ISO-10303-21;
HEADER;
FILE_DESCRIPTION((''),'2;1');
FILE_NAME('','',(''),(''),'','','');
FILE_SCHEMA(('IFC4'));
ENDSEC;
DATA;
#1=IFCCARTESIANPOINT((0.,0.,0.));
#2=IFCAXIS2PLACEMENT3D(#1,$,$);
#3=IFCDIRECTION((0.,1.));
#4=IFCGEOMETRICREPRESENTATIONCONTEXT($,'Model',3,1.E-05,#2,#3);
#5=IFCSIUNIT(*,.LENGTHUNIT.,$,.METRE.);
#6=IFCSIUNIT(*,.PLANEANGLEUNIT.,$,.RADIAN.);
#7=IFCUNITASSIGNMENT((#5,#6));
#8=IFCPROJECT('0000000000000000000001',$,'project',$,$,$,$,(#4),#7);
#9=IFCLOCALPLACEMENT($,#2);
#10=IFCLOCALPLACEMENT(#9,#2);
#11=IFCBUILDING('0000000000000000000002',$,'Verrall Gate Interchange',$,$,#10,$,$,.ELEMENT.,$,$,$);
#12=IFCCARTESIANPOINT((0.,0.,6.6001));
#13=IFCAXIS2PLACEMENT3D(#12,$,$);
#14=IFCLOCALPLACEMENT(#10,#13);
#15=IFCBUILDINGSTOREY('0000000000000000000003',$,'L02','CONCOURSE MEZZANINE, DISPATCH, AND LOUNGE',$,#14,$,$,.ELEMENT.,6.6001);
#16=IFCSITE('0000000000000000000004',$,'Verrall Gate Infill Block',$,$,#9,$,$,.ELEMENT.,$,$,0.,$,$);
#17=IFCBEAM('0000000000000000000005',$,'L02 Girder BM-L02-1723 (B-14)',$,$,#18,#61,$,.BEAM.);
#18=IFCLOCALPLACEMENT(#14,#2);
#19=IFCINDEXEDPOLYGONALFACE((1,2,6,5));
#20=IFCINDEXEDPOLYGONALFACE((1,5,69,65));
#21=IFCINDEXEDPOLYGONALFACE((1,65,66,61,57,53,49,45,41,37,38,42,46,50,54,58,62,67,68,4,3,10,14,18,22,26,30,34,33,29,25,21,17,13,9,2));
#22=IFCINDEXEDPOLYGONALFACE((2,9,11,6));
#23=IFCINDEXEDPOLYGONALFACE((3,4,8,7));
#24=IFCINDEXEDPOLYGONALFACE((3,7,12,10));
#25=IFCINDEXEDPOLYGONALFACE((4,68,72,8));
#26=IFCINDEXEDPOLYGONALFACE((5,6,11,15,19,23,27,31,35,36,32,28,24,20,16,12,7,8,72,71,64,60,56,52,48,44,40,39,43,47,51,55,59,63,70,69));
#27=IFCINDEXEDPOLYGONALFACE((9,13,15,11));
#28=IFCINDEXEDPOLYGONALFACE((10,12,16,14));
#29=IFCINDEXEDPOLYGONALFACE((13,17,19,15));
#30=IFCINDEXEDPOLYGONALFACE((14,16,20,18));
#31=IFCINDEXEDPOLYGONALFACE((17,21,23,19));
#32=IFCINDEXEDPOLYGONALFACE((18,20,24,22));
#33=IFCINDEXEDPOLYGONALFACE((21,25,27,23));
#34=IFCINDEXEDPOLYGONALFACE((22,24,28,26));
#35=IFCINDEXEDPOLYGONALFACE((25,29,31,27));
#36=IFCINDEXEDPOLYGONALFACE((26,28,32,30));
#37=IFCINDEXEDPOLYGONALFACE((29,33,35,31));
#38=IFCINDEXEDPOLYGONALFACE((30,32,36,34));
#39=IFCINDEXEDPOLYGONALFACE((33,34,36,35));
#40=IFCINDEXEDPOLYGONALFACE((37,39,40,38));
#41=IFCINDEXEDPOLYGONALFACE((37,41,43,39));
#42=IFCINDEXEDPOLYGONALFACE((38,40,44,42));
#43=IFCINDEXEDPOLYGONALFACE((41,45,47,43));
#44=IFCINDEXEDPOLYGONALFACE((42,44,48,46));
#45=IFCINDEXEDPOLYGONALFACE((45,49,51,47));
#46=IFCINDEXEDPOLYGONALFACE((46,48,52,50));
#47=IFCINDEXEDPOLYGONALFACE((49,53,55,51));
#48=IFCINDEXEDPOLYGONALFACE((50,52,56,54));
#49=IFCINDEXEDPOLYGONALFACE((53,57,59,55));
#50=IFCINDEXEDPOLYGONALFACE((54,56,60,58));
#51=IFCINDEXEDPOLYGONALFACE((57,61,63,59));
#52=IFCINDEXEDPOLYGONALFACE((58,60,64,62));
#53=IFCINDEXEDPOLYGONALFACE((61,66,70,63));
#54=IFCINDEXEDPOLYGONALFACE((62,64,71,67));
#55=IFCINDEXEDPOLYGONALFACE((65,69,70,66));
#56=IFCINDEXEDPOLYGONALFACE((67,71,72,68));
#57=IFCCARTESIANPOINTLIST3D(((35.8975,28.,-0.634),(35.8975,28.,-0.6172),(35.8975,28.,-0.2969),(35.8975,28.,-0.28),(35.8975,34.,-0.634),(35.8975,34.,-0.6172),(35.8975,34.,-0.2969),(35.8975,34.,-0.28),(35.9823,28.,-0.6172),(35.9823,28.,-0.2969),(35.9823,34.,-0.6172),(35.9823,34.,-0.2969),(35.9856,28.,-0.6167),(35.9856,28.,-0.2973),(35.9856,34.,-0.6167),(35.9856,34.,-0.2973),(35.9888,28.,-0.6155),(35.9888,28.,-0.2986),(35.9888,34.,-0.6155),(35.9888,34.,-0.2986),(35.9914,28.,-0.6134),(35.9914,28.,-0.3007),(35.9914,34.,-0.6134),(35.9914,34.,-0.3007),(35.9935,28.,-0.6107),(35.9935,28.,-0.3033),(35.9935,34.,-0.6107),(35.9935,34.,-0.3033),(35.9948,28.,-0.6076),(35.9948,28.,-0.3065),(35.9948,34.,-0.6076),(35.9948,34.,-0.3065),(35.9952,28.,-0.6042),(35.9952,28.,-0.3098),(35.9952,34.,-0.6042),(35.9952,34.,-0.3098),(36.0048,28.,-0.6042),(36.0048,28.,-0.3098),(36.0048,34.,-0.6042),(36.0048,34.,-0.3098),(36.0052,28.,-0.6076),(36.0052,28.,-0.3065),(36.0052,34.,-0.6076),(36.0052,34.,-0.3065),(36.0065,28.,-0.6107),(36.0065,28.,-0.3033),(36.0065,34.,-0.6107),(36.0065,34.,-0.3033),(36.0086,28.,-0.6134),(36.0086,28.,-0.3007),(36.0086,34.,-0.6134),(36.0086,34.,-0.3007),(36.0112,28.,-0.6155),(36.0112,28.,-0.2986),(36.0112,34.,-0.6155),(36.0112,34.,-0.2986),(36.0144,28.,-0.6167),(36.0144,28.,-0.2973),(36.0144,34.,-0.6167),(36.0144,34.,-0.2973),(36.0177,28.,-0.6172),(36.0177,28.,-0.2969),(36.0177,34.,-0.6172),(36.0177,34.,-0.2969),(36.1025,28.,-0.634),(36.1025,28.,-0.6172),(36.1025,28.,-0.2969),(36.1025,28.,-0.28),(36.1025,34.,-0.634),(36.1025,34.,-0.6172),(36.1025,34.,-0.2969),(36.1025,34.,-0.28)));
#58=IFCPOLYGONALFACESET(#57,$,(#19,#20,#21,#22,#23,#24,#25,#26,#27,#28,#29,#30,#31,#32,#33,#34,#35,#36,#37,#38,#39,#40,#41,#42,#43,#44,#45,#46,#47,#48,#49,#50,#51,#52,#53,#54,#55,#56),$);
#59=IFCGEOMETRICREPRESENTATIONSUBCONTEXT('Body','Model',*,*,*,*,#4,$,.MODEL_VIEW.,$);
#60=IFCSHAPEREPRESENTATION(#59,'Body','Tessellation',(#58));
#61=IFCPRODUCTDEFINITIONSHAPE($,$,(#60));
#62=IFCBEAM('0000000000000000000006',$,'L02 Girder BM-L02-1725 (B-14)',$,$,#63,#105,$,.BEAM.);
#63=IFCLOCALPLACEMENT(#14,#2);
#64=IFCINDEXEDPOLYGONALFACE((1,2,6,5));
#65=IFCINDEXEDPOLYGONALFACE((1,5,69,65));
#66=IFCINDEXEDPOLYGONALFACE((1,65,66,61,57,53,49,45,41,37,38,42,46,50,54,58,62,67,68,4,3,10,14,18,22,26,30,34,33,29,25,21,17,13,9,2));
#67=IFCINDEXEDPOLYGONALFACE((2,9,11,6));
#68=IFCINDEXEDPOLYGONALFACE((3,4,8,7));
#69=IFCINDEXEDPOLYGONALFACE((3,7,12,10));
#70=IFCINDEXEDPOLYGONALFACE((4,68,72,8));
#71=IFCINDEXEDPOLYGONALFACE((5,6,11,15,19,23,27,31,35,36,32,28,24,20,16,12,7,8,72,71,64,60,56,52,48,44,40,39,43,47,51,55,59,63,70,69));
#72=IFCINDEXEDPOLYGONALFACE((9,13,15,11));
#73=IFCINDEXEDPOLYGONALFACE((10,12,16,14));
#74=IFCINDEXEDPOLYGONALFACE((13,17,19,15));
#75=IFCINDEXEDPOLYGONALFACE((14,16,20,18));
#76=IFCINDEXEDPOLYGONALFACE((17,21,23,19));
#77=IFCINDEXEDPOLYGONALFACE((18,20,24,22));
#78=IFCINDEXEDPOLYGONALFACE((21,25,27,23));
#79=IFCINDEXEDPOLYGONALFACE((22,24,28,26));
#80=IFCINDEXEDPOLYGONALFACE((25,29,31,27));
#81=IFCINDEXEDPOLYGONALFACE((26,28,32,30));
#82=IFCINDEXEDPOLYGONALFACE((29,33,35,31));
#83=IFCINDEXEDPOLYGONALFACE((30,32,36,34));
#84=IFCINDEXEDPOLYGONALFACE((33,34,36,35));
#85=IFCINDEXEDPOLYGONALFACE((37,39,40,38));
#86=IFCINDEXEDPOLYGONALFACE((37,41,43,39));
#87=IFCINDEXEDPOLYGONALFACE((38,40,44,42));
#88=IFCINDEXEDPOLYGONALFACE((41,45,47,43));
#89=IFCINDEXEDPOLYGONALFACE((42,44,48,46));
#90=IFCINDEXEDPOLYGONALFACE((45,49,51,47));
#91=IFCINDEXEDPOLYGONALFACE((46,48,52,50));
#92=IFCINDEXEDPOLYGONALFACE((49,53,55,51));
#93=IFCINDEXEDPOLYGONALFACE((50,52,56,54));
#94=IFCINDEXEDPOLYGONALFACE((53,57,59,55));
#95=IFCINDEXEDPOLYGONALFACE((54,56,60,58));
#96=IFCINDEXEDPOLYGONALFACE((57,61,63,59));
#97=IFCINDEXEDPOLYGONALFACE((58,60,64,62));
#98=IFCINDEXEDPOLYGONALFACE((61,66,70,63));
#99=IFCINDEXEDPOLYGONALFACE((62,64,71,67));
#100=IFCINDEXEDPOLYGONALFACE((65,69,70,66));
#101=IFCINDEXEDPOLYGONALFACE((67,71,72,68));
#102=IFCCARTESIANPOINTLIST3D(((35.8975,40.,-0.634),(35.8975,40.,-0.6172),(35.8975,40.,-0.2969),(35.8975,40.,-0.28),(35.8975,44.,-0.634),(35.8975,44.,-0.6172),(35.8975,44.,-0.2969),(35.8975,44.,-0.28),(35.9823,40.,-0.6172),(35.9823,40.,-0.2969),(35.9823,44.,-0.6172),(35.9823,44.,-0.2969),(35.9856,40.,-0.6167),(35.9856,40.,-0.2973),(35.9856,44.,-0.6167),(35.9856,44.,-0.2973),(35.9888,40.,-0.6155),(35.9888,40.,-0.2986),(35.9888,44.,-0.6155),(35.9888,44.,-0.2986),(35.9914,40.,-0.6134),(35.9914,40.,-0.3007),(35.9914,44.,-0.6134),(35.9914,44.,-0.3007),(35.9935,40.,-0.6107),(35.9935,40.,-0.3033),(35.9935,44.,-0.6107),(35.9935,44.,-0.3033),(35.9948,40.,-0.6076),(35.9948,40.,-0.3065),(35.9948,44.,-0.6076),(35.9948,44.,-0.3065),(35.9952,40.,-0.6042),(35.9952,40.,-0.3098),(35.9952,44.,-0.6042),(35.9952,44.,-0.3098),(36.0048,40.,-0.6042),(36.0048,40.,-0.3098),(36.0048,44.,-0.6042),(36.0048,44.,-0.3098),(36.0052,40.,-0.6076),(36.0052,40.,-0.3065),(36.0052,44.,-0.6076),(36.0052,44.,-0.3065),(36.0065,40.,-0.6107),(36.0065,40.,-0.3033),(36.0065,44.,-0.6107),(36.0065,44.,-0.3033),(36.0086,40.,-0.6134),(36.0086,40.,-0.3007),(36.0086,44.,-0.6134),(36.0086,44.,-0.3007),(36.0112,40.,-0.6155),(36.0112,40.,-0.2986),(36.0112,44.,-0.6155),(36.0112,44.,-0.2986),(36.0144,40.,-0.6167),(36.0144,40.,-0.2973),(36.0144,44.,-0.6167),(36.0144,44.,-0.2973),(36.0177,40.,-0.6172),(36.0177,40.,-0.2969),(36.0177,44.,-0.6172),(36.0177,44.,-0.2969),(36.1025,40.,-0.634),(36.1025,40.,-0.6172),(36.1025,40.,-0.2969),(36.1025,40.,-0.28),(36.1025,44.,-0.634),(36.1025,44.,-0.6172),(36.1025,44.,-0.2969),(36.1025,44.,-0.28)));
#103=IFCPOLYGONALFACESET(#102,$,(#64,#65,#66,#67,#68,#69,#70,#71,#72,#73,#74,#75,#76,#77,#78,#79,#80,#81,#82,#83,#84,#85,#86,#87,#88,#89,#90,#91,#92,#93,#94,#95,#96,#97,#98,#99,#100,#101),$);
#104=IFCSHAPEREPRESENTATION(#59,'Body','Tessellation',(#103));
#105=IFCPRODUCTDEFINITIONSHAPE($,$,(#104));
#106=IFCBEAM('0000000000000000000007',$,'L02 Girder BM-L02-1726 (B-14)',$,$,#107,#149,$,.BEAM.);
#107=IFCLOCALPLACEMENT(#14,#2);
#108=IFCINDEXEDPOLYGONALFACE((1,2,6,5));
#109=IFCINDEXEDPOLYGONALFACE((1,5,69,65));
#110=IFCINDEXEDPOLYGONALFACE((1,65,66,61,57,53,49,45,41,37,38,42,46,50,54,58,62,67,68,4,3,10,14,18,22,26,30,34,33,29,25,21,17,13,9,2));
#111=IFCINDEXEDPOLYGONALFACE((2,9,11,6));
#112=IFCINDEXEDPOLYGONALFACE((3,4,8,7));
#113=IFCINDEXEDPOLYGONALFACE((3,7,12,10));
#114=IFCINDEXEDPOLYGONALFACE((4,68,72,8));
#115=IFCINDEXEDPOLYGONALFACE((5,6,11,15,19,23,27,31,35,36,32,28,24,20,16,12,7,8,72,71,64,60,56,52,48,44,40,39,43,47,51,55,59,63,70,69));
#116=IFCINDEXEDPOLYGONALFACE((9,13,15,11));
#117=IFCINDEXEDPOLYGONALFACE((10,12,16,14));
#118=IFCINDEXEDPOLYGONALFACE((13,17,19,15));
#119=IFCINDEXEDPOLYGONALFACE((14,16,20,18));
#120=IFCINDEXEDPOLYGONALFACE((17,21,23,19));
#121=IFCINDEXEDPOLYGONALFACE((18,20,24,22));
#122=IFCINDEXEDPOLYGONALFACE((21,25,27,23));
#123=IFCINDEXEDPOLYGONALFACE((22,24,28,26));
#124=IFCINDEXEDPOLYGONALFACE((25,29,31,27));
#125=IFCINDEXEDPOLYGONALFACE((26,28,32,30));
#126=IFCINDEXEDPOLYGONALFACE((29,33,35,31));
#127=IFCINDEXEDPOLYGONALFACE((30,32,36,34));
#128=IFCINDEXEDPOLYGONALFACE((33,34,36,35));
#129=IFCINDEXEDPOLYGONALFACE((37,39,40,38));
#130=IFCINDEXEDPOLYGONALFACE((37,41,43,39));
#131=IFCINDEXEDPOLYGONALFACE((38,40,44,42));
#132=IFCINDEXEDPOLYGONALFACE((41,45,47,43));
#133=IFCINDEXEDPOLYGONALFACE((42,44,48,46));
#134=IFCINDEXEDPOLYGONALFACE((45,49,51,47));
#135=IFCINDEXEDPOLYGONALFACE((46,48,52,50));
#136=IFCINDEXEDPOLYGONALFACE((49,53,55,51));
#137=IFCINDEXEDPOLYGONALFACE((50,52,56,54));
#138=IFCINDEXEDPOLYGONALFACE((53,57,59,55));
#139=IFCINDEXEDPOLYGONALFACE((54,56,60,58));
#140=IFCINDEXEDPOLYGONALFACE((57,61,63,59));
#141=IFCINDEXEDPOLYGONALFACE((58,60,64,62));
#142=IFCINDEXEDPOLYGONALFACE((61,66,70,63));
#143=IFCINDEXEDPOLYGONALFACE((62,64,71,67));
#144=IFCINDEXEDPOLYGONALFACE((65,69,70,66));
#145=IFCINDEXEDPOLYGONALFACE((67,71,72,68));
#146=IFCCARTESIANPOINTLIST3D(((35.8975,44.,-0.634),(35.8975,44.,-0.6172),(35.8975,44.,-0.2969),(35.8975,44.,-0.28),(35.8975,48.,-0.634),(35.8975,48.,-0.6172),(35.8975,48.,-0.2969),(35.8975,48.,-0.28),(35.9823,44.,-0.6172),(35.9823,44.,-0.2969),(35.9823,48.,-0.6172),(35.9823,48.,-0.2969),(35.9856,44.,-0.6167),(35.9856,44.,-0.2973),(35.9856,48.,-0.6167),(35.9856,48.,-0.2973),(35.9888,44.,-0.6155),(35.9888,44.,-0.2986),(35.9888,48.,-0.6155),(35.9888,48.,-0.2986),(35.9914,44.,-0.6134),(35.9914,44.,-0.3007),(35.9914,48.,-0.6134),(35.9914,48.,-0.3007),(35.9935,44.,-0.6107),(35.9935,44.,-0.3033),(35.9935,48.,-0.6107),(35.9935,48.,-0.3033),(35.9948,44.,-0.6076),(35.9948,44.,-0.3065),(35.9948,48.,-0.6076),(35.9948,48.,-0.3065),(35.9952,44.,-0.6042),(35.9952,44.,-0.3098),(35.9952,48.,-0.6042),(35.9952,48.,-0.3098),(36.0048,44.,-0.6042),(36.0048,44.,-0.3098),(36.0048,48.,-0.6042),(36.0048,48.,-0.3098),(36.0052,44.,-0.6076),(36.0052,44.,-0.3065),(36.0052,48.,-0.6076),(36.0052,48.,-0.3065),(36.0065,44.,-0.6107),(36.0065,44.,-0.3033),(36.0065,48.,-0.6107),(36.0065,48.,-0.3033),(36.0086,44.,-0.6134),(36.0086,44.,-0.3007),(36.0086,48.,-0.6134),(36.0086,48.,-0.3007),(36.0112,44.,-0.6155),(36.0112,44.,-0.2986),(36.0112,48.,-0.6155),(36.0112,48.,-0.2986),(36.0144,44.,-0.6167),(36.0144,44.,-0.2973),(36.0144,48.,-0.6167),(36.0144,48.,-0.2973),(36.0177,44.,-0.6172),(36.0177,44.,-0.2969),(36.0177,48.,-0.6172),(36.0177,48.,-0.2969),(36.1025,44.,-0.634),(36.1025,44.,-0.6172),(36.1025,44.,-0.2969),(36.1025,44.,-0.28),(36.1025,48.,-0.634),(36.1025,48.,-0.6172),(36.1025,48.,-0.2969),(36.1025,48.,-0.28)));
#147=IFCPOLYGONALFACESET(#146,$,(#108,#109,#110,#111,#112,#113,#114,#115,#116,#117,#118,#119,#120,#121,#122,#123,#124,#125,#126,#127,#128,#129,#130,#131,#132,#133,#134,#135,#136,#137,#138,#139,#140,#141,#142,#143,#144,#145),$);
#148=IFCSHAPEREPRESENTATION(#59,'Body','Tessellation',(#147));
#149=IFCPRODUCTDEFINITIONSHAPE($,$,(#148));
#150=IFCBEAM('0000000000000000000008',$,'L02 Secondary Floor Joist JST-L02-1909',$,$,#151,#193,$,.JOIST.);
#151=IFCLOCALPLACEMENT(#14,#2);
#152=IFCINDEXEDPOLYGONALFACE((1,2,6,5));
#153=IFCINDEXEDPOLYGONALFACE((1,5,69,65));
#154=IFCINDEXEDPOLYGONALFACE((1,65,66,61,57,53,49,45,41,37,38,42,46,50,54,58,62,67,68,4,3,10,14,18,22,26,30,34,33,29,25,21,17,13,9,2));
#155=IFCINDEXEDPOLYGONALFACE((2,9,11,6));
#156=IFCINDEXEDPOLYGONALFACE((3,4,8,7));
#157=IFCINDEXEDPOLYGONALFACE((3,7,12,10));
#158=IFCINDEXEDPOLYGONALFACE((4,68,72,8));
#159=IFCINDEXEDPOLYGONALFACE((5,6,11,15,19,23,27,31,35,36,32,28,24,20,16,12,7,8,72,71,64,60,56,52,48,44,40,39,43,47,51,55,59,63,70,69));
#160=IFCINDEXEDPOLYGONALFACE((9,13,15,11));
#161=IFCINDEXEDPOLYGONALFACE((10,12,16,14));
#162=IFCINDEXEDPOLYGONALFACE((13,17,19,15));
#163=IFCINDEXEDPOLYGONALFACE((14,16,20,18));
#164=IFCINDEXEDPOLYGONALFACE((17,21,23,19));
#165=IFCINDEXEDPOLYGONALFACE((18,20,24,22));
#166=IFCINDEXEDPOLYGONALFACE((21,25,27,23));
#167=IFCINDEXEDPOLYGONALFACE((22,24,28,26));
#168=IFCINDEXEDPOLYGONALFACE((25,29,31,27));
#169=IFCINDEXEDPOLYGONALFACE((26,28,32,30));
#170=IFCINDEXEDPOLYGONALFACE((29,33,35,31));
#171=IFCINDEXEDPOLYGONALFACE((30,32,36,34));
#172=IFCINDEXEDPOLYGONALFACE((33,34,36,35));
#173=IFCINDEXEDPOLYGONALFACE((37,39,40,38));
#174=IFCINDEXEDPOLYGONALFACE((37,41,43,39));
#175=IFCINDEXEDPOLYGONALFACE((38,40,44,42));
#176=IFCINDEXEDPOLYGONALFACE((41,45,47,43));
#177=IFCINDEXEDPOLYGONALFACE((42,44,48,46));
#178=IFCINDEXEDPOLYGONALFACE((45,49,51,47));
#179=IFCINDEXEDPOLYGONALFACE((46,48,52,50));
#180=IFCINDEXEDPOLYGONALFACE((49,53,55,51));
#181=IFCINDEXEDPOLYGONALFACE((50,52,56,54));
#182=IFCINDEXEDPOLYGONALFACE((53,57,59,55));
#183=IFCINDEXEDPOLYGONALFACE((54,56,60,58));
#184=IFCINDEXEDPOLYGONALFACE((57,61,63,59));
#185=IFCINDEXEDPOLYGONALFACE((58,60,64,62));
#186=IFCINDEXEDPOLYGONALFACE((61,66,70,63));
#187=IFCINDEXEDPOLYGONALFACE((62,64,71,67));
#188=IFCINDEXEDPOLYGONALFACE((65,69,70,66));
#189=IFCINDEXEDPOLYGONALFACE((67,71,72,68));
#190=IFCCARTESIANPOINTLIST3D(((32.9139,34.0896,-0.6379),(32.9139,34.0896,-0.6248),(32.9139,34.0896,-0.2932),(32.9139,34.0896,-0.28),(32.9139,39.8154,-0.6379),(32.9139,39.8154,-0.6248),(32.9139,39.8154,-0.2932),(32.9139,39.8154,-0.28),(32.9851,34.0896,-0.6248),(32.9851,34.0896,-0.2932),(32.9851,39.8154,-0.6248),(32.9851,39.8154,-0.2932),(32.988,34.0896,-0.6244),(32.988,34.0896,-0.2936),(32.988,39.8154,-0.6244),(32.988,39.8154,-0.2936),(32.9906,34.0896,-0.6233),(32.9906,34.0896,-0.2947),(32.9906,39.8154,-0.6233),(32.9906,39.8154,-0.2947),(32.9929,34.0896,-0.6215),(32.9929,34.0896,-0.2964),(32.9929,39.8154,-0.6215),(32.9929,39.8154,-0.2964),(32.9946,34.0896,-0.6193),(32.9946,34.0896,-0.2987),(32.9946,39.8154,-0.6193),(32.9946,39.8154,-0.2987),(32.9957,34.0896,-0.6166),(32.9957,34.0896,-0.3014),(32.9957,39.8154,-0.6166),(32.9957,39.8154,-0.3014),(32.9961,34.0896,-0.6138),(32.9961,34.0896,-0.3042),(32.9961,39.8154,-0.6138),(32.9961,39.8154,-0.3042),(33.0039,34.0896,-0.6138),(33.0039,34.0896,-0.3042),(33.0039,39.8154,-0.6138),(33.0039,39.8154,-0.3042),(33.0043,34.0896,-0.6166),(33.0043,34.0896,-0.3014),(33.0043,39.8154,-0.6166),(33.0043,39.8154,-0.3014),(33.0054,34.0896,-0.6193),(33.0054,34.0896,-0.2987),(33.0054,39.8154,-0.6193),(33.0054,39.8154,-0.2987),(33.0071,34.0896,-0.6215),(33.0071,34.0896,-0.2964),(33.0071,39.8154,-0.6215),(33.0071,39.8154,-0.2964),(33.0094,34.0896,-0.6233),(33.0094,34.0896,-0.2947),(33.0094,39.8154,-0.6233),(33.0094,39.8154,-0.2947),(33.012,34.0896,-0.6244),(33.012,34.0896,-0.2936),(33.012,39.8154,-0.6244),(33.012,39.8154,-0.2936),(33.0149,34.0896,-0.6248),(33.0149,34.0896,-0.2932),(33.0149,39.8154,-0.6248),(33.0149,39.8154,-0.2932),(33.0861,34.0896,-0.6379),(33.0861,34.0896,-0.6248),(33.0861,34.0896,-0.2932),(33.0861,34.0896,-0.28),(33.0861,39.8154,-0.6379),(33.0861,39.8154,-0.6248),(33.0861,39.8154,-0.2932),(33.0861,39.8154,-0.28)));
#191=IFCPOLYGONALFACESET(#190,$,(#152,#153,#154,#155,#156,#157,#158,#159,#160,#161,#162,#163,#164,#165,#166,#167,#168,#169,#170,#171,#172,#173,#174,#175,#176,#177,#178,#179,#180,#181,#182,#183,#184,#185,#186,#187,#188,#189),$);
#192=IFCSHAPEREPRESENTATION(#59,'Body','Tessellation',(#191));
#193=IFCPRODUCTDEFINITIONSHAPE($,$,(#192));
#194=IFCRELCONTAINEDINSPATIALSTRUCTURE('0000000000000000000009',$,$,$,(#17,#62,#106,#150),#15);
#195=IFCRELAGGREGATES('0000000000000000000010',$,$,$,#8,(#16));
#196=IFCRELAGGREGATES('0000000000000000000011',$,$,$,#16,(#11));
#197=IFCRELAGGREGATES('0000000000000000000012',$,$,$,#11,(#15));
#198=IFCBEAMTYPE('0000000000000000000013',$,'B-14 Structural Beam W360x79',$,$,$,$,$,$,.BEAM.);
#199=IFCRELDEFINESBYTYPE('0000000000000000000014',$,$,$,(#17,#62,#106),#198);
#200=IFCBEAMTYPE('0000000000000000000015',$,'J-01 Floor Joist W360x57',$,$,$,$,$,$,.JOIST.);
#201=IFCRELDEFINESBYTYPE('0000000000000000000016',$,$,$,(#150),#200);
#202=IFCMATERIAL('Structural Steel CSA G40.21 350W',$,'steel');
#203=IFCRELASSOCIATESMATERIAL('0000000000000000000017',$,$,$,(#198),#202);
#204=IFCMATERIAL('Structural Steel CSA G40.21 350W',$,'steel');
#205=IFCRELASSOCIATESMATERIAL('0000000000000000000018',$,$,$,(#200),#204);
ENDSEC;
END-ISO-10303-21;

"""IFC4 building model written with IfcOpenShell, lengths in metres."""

from ifc_helpers import new_model, si_unit, direction, frame, origin, origin_2d, place, context, subcontext, project, spatial, i_section, extrude, material, material_profile, profile_set, type_object, element, save


model = new_model("IFC4")

# Units and contexts
model_context = context("Model", 3, precision=1e-05, world=origin(), true_north=direction((0.0, 1.0)))
body_context = subcontext(model_context, "Body", "Model", "MODEL_VIEW")
ifc_project = project(units=[si_unit("LENGTHUNIT", "METRE"), si_unit("PLANEANGLEUNIT", "RADIAN")], contexts=[model_context])

# Site, building, storey
site_placement = place(None, origin())
site = spatial("IfcSite", under=ifc_project, at=site_placement, Name="Verrall Gate Infill Block", CompositionType="ELEMENT", RefElevation=0.0)
building_placement = place(site_placement, origin())
building = spatial("IfcBuilding", under=site, at=building_placement, Name="Verrall Gate Interchange", CompositionType="ELEMENT")
storey_placement = place(building_placement, frame((0.0, 0.0, 6.6001)))
storey = spatial("IfcBuildingStorey", under=building, at=storey_placement, Name="L02", Description="CONCOURSE MEZZANINE, DISPATCH, AND LOUNGE", CompositionType="ELEMENT", Elevation=6.6001)

# Beams
ifc_material_1 = material(Name="Structural Steel CSA G40.21 350W", Category="steel")
ifc_material_profile_1 = material_profile(ifc_material_1, i_section(OverallWidth=0.2051, OverallDepth=0.354, WebThickness=0.0095, FlangeThickness=0.0168, FilletRadius=0.0129, at=origin_2d()), Name="W360x79")
ifc_profile_set_1 = profile_set([ifc_material_profile_1], Name="Structural Steel CSA G40.21 350W")
beam_type_1 = type_object("IfcBeamType", Name="B-14 Structural Beam W360x79", PredefinedType="BEAM", material=ifc_profile_set_1)
for number, where, z_axis, x_axis, name in (
    (1, (36.0, 28.0, -0.457), (0.0, 1.0, 0.0), (-1.0, 0.0, 0.0), "L02 Girder BM-L02-1723 (B-14)"),
):
    element("IfcBeam", number, at=place(storey_placement, frame(where, z_axis=z_axis, x_axis=x_axis)), inside=storey, type_object=beam_type_1, Name=name, PredefinedType="BEAM", context=body_context, shape_type="SweptSolid", body=[
        extrude(i_section(OverallWidth=0.2051, OverallDepth=0.354, WebThickness=0.0095, FlangeThickness=0.0168, FilletRadius=0.0129, at=origin_2d()), origin(), (0.0, 0.0, 1.0), 6.0),
    ])
for number, where, z_axis, x_axis, name in (
    (2, (36.0, 40.0, -0.457), (0.0, 1.0, 0.0), (-1.0, 0.0, 0.0), "L02 Girder BM-L02-1725 (B-14)"),
    (3, (36.0, 44.0, -0.457), (0.0, 1.0, 0.0), (-1.0, 0.0, 0.0), "L02 Girder BM-L02-1726 (B-14)"),
):
    element("IfcBeam", number, at=place(storey_placement, frame(where, z_axis=z_axis, x_axis=x_axis)), inside=storey, type_object=beam_type_1, Name=name, PredefinedType="BEAM", context=body_context, shape_type="SweptSolid", body=[
        extrude(i_section(OverallWidth=0.2051, OverallDepth=0.354, WebThickness=0.0095, FlangeThickness=0.0168, FilletRadius=0.0129, at=origin_2d()), origin(), (0.0, 0.0, 1.0), 4.0),
    ])
ifc_material_2 = material(Name="Structural Steel CSA G40.21 350W", Category="steel")
ifc_material_profile_2 = material_profile(ifc_material_2, i_section(OverallWidth=0.1721, OverallDepth=0.3579, WebThickness=0.0078, FlangeThickness=0.0132, FilletRadius=0.011, at=origin_2d()), Name="W360x57")
ifc_profile_set_2 = profile_set([ifc_material_profile_2], Name="Structural Steel CSA G40.21 350W")
beam_type_2 = type_object("IfcBeamType", Name="J-01 Floor Joist W360x57", PredefinedType="JOIST", material=ifc_profile_set_2)
beam_1_placement = place(storey_placement, frame((33.0, 34.0896, -0.459), z_axis=(0.0, 1.0, 0.0), x_axis=(-1.0, 0.0, 0.0)))
element("IfcBeam", 4, at=beam_1_placement, inside=storey, type_object=beam_type_2, Name="L02 Secondary Floor Joist JST-L02-1909", PredefinedType="JOIST", context=body_context, shape_type="SweptSolid", body=[
    extrude(i_section(OverallWidth=0.1721, OverallDepth=0.3579, WebThickness=0.0078, FlangeThickness=0.0132, FilletRadius=0.011, at=origin_2d()), origin(), (0.0, 0.0, 1.0), 5.7258),
])

save(model, "model.ifc")
